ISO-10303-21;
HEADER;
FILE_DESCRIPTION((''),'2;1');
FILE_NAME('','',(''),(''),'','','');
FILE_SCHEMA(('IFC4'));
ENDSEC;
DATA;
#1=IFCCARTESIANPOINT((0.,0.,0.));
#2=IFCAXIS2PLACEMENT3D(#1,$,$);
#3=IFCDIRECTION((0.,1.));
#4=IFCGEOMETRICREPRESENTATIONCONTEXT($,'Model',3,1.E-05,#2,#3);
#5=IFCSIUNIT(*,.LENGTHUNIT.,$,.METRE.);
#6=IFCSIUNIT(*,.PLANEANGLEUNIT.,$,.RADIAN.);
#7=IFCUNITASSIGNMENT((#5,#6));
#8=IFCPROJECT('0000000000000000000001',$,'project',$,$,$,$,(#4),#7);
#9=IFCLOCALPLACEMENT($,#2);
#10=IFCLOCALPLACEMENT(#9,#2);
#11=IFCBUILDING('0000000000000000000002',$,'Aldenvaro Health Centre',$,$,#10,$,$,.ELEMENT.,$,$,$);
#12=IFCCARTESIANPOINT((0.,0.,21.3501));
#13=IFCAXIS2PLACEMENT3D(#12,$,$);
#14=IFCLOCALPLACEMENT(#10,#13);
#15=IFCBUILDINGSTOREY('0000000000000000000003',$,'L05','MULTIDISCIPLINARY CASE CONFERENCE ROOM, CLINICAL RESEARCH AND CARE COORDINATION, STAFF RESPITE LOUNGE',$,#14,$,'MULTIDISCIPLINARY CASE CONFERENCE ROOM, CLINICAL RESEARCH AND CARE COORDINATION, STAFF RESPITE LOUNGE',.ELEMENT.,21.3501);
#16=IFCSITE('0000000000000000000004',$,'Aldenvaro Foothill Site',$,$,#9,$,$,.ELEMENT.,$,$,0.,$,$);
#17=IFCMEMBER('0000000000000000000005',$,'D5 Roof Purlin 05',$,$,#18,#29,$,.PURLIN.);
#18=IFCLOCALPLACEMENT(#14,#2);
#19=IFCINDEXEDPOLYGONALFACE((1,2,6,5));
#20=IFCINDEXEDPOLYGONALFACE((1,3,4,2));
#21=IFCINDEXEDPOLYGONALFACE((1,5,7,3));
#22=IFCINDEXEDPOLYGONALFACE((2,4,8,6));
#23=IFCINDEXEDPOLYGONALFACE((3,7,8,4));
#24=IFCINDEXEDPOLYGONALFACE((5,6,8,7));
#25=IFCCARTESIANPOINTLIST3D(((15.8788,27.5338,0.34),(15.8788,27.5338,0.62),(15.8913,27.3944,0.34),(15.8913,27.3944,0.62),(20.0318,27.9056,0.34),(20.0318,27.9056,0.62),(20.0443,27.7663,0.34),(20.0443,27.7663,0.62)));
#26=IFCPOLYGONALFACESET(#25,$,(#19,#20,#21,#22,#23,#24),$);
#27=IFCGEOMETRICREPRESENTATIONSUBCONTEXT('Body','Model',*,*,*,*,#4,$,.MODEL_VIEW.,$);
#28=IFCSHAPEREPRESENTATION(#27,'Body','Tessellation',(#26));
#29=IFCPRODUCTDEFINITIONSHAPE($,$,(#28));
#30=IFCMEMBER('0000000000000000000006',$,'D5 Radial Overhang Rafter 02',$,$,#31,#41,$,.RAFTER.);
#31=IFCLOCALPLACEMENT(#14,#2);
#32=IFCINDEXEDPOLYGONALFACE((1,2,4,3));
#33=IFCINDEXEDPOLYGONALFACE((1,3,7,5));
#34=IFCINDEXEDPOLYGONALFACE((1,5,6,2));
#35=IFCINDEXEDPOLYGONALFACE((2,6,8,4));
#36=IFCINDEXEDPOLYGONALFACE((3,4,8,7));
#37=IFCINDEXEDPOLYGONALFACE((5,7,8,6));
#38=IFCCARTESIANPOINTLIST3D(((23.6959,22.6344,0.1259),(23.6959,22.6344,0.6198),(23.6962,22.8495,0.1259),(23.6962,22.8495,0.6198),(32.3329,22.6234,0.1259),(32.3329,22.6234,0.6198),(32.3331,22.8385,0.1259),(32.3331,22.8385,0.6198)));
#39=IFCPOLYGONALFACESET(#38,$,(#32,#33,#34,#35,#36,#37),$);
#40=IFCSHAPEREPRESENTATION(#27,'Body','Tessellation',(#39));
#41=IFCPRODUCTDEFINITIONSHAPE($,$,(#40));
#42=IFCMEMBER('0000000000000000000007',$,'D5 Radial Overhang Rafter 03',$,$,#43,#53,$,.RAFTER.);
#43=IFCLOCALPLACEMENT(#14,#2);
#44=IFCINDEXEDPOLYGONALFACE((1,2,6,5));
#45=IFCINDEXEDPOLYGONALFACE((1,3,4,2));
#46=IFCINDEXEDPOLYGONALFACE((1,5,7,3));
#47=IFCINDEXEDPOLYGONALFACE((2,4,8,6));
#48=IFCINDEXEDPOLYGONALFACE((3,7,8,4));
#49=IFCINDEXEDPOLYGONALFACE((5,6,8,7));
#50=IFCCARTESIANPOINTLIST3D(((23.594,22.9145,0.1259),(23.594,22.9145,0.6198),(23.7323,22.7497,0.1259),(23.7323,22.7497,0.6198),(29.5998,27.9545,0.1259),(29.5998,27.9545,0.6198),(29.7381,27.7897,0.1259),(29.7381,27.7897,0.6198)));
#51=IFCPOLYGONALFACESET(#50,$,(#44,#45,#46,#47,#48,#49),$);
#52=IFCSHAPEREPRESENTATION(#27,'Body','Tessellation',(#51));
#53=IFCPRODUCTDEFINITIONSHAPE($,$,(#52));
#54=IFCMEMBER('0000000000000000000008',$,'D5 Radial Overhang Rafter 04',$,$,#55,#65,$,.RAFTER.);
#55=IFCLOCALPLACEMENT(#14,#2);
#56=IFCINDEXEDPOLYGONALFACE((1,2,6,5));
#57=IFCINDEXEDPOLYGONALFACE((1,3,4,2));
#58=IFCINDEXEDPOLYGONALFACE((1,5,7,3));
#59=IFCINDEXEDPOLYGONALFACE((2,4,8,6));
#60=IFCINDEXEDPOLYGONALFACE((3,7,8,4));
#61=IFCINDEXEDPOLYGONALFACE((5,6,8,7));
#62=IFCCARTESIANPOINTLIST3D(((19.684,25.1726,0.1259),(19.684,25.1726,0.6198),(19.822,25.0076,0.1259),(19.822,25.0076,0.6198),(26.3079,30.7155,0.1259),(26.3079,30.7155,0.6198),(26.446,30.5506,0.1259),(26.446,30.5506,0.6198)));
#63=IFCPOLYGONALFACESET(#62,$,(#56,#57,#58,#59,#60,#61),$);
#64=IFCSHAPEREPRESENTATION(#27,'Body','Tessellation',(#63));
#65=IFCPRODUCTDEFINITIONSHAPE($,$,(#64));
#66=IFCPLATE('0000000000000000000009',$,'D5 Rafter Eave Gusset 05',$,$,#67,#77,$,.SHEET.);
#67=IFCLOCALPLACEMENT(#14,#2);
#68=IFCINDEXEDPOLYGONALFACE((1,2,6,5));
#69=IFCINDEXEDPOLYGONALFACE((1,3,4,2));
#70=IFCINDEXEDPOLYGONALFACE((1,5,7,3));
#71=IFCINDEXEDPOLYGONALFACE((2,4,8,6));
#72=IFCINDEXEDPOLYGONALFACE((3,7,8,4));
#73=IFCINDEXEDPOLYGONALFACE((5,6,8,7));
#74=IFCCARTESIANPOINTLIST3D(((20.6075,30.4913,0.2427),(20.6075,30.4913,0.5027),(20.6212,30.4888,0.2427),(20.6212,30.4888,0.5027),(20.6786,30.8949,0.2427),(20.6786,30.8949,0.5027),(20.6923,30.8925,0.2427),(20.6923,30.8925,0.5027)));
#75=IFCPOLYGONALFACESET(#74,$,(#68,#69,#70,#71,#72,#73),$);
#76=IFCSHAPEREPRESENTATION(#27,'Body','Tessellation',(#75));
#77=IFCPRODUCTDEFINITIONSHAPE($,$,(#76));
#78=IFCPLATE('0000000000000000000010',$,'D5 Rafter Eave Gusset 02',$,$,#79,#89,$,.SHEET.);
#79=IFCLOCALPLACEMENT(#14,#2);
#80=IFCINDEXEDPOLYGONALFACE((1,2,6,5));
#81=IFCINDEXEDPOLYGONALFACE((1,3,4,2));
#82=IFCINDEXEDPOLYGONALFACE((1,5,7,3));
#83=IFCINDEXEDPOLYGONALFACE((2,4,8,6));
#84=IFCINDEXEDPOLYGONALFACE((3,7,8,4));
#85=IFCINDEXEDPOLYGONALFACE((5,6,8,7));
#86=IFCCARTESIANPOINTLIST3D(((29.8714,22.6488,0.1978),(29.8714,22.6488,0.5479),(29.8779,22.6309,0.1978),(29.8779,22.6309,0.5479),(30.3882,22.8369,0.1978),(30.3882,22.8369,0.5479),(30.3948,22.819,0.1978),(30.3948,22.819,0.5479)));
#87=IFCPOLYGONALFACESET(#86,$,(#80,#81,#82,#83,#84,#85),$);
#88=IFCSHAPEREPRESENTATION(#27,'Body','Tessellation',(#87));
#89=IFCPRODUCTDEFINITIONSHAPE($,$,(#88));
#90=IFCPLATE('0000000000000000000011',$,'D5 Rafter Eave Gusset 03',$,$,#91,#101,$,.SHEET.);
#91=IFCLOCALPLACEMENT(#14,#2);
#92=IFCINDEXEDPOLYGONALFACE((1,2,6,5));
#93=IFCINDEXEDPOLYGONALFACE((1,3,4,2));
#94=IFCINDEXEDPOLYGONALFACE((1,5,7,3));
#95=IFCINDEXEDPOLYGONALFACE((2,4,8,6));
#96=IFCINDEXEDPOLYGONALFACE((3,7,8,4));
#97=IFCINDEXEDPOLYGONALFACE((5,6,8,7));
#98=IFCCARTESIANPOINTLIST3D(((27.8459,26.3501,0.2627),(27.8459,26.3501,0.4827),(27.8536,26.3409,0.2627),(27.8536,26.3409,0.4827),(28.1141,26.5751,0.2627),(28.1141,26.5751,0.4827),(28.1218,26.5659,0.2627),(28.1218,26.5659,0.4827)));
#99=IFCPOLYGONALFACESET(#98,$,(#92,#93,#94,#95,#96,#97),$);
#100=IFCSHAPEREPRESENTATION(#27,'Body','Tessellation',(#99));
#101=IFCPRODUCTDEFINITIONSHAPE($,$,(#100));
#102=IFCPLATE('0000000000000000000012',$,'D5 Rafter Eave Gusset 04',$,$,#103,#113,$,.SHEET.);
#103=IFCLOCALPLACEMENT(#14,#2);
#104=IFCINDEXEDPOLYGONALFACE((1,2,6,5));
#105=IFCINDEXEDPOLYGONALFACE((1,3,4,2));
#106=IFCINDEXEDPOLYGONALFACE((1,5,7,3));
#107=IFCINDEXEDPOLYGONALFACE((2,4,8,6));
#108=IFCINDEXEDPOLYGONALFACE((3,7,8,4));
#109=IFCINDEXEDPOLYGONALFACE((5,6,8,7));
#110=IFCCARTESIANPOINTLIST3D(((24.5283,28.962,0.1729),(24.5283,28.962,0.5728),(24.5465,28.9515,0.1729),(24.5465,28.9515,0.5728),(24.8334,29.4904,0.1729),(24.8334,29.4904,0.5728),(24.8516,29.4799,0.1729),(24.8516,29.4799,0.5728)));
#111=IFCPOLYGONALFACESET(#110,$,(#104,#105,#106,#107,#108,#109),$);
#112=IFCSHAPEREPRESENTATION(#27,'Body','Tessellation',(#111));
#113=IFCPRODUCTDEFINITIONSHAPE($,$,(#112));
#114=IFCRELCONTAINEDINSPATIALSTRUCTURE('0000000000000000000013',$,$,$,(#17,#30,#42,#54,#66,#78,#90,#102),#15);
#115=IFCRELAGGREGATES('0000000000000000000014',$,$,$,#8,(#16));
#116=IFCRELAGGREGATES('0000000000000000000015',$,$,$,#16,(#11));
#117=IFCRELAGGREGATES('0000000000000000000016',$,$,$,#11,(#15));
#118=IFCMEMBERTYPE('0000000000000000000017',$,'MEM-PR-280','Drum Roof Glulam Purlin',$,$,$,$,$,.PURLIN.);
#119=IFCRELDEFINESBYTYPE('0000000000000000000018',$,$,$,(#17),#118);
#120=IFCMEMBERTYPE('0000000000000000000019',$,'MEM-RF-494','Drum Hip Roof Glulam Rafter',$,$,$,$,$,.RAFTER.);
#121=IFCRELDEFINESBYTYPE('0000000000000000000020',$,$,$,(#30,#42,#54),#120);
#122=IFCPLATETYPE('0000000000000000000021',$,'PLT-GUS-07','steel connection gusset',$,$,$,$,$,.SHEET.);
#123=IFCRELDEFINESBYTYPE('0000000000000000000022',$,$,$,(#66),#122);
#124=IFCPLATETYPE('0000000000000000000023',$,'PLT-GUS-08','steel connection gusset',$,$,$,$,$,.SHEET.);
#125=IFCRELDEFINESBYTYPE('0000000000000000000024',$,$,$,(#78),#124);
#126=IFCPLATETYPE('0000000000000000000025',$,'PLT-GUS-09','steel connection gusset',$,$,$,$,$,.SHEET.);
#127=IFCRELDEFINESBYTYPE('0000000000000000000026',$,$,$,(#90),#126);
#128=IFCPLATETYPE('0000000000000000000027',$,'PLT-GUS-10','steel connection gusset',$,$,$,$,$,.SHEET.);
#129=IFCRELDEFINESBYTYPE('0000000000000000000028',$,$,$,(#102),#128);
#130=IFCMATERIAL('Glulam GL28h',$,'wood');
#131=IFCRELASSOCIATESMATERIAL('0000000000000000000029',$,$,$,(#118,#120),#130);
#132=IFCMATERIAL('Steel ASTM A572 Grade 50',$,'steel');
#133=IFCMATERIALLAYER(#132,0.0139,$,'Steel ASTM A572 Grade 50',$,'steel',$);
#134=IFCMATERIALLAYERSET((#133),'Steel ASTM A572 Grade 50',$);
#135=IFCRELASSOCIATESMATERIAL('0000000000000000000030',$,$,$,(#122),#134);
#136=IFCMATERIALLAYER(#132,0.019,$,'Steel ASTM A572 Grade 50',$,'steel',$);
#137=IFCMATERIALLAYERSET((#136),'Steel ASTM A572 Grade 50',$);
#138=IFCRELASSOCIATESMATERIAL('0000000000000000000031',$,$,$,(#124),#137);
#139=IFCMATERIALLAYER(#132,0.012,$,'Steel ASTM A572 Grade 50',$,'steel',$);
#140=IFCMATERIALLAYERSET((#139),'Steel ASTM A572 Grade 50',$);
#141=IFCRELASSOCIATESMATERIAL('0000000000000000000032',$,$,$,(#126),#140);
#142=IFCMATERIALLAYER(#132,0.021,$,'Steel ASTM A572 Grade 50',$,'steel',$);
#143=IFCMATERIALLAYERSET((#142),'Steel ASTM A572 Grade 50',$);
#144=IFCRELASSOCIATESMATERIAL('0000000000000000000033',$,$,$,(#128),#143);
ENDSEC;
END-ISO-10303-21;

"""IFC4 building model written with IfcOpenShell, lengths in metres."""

from ifc_helpers import new_model, si_unit, direction, frame, origin, origin_2d, place, context, subcontext, project, spatial, rectangle, extrude, material, layer, layer_set, material_profile, profile_set, type_object, element, save


model = new_model("IFC4")

# Units and contexts
model_context = context("Model", 3, precision=1e-05, world=origin(), true_north=direction((0.0, 1.0)))
body_context = subcontext(model_context, "Body", "Model", "MODEL_VIEW")
ifc_project = project(units=[si_unit("LENGTHUNIT", "METRE"), si_unit("PLANEANGLEUNIT", "RADIAN")], contexts=[model_context])

# Site, building, storey
site_placement = place(None, origin())
site = spatial("IfcSite", under=ifc_project, at=site_placement, Name="Aldenvaro Foothill Site", CompositionType="ELEMENT", RefElevation=0.0)
building_placement = place(site_placement, origin())
building = spatial("IfcBuilding", under=site, at=building_placement, Name="Aldenvaro Health Centre", CompositionType="ELEMENT")
storey_placement = place(building_placement, frame((0.0, 0.0, 21.3501)))
storey = spatial("IfcBuildingStorey", under=building, at=storey_placement, Name="L05", Description="MULTIDISCIPLINARY CASE CONFERENCE ROOM, CLINICAL RESEARCH AND CARE COORDINATION, STAFF RESPITE LOUNGE", LongName="MULTIDISCIPLINARY CASE CONFERENCE ROOM, CLINICAL RESEARCH AND CARE COORDINATION, STAFF RESPITE LOUNGE", CompositionType="ELEMENT", Elevation=21.3501)

# Shared definitions
ifc_material_1 = material(Name="Glulam GL28h", Category="wood")

# Members
ifc_material_profile_1 = material_profile(ifc_material_1, rectangle(XDim=0.1399, YDim=0.28, at=origin_2d()), Name="GL 140x280", Category="wood")
ifc_profile_set_1 = profile_set([ifc_material_profile_1], Name="Glulam GL28h")
member_type_1 = type_object("IfcMemberType", Name="MEM-PR-280", Description="Drum Roof Glulam Purlin", PredefinedType="PURLIN", material=ifc_profile_set_1)
member_1_placement = place(storey_placement, frame((20.0381, 27.8359, 0.48), z_axis=(-0.996016, -0.089174, 0.0), x_axis=(0.089174, -0.996016, 0.0)))
element("IfcMember", 1, at=member_1_placement, inside=storey, type_object=member_type_1, Name="D5 Roof Purlin 05", PredefinedType="PURLIN", context=body_context, shape_type="SweptSolid", body=[
    extrude(rectangle(XDim=0.1399, YDim=0.28, at=origin_2d()), origin(), (0.0, 0.0, 1.0), 4.1697),
])
ifc_material_profile_2 = material_profile(ifc_material_1, rectangle(XDim=0.2151, YDim=0.4939, at=origin_2d()), Name="GL 215x494", Category="wood")
ifc_profile_set_2 = profile_set([ifc_material_profile_2], Name="Glulam GL28h")
member_type_2 = type_object("IfcMemberType", Name="MEM-RF-494", Description="Drum Hip Roof Glulam Rafter", PredefinedType="RAFTER", material=ifc_profile_set_2)
member_2_placement = place(storey_placement, frame((32.333, 22.731, 0.3728), z_axis=(-0.999999, 0.001272, 0.0), x_axis=(-0.001272, -0.999999, 0.0)))
element("IfcMember", 2, at=member_2_placement, inside=storey, type_object=member_type_2, Name="D5 Radial Overhang Rafter 02", PredefinedType="RAFTER", context=body_context, shape_type="SweptSolid", body=[
    extrude(rectangle(XDim=0.2151, YDim=0.4939, at=origin_2d()), origin(), (0.0, 0.0, 1.0), 8.637),
])
member_3_placement = place(storey_placement, frame((29.6689, 27.8721, 0.3728), z_axis=(-0.766011, -0.642827, 0.0), x_axis=(0.642827, -0.766011, 0.0)))
element("IfcMember", 3, at=member_3_placement, inside=storey, type_object=member_type_2, Name="D5 Radial Overhang Rafter 03", PredefinedType="RAFTER", context=body_context, shape_type="SweptSolid", body=[
    extrude(rectangle(XDim=0.2151, YDim=0.4939, at=origin_2d()), origin(), (0.0, 0.0, 1.0), 7.8403),
])
member_4_placement = place(storey_placement, frame((26.377, 30.6331, 0.3728), z_axis=(-0.766913, -0.641751, 0.0), x_axis=(0.641751, -0.766913, 0.0)))
element("IfcMember", 4, at=member_4_placement, inside=storey, type_object=member_type_2, Name="D5 Radial Overhang Rafter 04", PredefinedType="RAFTER", context=body_context, shape_type="SweptSolid", body=[
    extrude(rectangle(XDim=0.2151, YDim=0.4939, at=origin_2d()), origin(), (0.0, 0.0, 1.0), 8.6372),
])

# Plates
ifc_material_2 = material(Name="Steel ASTM A572 Grade 50", Category="steel")
ifc_layer_1 = layer(ifc_material_2, 0.0139, Name="Steel ASTM A572 Grade 50", Category="steel")
ifc_layer_set_1 = layer_set([ifc_layer_1], Name="Steel ASTM A572 Grade 50")
plate_type_1 = type_object("IfcPlateType", Name="PLT-GUS-07", Description="steel connection gusset", PredefinedType="SHEET", material=ifc_layer_set_1)
plate_1_placement = place(storey_placement, frame((20.6499, 30.6919, 0.2427), z_axis=(0.0, 0.0, 1.0), x_axis=(0.173666, 0.984805, 0.0)))
element("IfcPlate", 5, at=plate_1_placement, inside=storey, type_object=plate_type_1, Name="D5 Rafter Eave Gusset 05", PredefinedType="SHEET", context=body_context, shape_type="SweptSolid", body=[
    extrude(rectangle(XDim=0.4099, YDim=0.0139, at=origin_2d()), origin(), (0.0, 0.0, 1.0), 0.26),
])
ifc_layer_2 = layer(ifc_material_2, 0.019, Name="Steel ASTM A572 Grade 50", Category="steel")
ifc_layer_set_2 = layer_set([ifc_layer_2], Name="Steel ASTM A572 Grade 50")
plate_type_2 = type_object("IfcPlateType", Name="PLT-GUS-08", Description="steel connection gusset", PredefinedType="SHEET", material=ifc_layer_set_2)
plate_2_placement = place(storey_placement, frame((30.1331, 22.7339, 0.1978), z_axis=(0.0, 0.0, 1.0), x_axis=(0.939694, 0.342015, 0.0)))
element("IfcPlate", 6, at=plate_2_placement, inside=storey, type_object=plate_type_2, Name="D5 Rafter Eave Gusset 02", PredefinedType="SHEET", context=body_context, shape_type="SweptSolid", body=[
    extrude(rectangle(XDim=0.55, YDim=0.019, at=origin_2d()), origin(), (0.0, 0.0, 1.0), 0.3501),
])
ifc_layer_3 = layer(ifc_material_2, 0.012, Name="Steel ASTM A572 Grade 50", Category="steel")
ifc_layer_set_3 = layer_set([ifc_layer_3], Name="Steel ASTM A572 Grade 50")
plate_type_3 = type_object("IfcPlateType", Name="PLT-GUS-09", Description="steel connection gusset", PredefinedType="SHEET", material=ifc_layer_set_3)
plate_3_placement = place(storey_placement, frame((27.9839, 26.458, 0.2627), z_axis=(0.0, 0.0, 1.0), x_axis=(0.766045, 0.642787, 0.0)))
element("IfcPlate", 7, at=plate_3_placement, inside=storey, type_object=plate_type_3, Name="D5 Rafter Eave Gusset 03", PredefinedType="SHEET", context=body_context, shape_type="SweptSolid", body=[
    extrude(rectangle(XDim=0.3501, YDim=0.012, at=origin_2d()), origin(), (0.0, 0.0, 1.0), 0.22),
])
ifc_layer_4 = layer(ifc_material_2, 0.021, Name="Steel ASTM A572 Grade 50", Category="steel")
ifc_layer_set_4 = layer_set([ifc_layer_4], Name="Steel ASTM A572 Grade 50")
plate_type_4 = type_object("IfcPlateType", Name="PLT-GUS-10", Description="steel connection gusset", PredefinedType="SHEET", material=ifc_layer_set_4)
plate_4_placement = place(storey_placement, frame((24.6899, 29.2209, 0.1729), z_axis=(0.0, 0.0, 1.0), x_axis=(0.500014, 0.866017, 0.0)))
element("IfcPlate", 8, at=plate_4_placement, inside=storey, type_object=plate_type_4, Name="D5 Rafter Eave Gusset 04", PredefinedType="SHEET", context=body_context, shape_type="SweptSolid", body=[
    extrude(rectangle(XDim=0.6101, YDim=0.021, at=origin_2d()), origin(), (0.0, 0.0, 1.0), 0.3999),
])

save(model, "model.ifc")
